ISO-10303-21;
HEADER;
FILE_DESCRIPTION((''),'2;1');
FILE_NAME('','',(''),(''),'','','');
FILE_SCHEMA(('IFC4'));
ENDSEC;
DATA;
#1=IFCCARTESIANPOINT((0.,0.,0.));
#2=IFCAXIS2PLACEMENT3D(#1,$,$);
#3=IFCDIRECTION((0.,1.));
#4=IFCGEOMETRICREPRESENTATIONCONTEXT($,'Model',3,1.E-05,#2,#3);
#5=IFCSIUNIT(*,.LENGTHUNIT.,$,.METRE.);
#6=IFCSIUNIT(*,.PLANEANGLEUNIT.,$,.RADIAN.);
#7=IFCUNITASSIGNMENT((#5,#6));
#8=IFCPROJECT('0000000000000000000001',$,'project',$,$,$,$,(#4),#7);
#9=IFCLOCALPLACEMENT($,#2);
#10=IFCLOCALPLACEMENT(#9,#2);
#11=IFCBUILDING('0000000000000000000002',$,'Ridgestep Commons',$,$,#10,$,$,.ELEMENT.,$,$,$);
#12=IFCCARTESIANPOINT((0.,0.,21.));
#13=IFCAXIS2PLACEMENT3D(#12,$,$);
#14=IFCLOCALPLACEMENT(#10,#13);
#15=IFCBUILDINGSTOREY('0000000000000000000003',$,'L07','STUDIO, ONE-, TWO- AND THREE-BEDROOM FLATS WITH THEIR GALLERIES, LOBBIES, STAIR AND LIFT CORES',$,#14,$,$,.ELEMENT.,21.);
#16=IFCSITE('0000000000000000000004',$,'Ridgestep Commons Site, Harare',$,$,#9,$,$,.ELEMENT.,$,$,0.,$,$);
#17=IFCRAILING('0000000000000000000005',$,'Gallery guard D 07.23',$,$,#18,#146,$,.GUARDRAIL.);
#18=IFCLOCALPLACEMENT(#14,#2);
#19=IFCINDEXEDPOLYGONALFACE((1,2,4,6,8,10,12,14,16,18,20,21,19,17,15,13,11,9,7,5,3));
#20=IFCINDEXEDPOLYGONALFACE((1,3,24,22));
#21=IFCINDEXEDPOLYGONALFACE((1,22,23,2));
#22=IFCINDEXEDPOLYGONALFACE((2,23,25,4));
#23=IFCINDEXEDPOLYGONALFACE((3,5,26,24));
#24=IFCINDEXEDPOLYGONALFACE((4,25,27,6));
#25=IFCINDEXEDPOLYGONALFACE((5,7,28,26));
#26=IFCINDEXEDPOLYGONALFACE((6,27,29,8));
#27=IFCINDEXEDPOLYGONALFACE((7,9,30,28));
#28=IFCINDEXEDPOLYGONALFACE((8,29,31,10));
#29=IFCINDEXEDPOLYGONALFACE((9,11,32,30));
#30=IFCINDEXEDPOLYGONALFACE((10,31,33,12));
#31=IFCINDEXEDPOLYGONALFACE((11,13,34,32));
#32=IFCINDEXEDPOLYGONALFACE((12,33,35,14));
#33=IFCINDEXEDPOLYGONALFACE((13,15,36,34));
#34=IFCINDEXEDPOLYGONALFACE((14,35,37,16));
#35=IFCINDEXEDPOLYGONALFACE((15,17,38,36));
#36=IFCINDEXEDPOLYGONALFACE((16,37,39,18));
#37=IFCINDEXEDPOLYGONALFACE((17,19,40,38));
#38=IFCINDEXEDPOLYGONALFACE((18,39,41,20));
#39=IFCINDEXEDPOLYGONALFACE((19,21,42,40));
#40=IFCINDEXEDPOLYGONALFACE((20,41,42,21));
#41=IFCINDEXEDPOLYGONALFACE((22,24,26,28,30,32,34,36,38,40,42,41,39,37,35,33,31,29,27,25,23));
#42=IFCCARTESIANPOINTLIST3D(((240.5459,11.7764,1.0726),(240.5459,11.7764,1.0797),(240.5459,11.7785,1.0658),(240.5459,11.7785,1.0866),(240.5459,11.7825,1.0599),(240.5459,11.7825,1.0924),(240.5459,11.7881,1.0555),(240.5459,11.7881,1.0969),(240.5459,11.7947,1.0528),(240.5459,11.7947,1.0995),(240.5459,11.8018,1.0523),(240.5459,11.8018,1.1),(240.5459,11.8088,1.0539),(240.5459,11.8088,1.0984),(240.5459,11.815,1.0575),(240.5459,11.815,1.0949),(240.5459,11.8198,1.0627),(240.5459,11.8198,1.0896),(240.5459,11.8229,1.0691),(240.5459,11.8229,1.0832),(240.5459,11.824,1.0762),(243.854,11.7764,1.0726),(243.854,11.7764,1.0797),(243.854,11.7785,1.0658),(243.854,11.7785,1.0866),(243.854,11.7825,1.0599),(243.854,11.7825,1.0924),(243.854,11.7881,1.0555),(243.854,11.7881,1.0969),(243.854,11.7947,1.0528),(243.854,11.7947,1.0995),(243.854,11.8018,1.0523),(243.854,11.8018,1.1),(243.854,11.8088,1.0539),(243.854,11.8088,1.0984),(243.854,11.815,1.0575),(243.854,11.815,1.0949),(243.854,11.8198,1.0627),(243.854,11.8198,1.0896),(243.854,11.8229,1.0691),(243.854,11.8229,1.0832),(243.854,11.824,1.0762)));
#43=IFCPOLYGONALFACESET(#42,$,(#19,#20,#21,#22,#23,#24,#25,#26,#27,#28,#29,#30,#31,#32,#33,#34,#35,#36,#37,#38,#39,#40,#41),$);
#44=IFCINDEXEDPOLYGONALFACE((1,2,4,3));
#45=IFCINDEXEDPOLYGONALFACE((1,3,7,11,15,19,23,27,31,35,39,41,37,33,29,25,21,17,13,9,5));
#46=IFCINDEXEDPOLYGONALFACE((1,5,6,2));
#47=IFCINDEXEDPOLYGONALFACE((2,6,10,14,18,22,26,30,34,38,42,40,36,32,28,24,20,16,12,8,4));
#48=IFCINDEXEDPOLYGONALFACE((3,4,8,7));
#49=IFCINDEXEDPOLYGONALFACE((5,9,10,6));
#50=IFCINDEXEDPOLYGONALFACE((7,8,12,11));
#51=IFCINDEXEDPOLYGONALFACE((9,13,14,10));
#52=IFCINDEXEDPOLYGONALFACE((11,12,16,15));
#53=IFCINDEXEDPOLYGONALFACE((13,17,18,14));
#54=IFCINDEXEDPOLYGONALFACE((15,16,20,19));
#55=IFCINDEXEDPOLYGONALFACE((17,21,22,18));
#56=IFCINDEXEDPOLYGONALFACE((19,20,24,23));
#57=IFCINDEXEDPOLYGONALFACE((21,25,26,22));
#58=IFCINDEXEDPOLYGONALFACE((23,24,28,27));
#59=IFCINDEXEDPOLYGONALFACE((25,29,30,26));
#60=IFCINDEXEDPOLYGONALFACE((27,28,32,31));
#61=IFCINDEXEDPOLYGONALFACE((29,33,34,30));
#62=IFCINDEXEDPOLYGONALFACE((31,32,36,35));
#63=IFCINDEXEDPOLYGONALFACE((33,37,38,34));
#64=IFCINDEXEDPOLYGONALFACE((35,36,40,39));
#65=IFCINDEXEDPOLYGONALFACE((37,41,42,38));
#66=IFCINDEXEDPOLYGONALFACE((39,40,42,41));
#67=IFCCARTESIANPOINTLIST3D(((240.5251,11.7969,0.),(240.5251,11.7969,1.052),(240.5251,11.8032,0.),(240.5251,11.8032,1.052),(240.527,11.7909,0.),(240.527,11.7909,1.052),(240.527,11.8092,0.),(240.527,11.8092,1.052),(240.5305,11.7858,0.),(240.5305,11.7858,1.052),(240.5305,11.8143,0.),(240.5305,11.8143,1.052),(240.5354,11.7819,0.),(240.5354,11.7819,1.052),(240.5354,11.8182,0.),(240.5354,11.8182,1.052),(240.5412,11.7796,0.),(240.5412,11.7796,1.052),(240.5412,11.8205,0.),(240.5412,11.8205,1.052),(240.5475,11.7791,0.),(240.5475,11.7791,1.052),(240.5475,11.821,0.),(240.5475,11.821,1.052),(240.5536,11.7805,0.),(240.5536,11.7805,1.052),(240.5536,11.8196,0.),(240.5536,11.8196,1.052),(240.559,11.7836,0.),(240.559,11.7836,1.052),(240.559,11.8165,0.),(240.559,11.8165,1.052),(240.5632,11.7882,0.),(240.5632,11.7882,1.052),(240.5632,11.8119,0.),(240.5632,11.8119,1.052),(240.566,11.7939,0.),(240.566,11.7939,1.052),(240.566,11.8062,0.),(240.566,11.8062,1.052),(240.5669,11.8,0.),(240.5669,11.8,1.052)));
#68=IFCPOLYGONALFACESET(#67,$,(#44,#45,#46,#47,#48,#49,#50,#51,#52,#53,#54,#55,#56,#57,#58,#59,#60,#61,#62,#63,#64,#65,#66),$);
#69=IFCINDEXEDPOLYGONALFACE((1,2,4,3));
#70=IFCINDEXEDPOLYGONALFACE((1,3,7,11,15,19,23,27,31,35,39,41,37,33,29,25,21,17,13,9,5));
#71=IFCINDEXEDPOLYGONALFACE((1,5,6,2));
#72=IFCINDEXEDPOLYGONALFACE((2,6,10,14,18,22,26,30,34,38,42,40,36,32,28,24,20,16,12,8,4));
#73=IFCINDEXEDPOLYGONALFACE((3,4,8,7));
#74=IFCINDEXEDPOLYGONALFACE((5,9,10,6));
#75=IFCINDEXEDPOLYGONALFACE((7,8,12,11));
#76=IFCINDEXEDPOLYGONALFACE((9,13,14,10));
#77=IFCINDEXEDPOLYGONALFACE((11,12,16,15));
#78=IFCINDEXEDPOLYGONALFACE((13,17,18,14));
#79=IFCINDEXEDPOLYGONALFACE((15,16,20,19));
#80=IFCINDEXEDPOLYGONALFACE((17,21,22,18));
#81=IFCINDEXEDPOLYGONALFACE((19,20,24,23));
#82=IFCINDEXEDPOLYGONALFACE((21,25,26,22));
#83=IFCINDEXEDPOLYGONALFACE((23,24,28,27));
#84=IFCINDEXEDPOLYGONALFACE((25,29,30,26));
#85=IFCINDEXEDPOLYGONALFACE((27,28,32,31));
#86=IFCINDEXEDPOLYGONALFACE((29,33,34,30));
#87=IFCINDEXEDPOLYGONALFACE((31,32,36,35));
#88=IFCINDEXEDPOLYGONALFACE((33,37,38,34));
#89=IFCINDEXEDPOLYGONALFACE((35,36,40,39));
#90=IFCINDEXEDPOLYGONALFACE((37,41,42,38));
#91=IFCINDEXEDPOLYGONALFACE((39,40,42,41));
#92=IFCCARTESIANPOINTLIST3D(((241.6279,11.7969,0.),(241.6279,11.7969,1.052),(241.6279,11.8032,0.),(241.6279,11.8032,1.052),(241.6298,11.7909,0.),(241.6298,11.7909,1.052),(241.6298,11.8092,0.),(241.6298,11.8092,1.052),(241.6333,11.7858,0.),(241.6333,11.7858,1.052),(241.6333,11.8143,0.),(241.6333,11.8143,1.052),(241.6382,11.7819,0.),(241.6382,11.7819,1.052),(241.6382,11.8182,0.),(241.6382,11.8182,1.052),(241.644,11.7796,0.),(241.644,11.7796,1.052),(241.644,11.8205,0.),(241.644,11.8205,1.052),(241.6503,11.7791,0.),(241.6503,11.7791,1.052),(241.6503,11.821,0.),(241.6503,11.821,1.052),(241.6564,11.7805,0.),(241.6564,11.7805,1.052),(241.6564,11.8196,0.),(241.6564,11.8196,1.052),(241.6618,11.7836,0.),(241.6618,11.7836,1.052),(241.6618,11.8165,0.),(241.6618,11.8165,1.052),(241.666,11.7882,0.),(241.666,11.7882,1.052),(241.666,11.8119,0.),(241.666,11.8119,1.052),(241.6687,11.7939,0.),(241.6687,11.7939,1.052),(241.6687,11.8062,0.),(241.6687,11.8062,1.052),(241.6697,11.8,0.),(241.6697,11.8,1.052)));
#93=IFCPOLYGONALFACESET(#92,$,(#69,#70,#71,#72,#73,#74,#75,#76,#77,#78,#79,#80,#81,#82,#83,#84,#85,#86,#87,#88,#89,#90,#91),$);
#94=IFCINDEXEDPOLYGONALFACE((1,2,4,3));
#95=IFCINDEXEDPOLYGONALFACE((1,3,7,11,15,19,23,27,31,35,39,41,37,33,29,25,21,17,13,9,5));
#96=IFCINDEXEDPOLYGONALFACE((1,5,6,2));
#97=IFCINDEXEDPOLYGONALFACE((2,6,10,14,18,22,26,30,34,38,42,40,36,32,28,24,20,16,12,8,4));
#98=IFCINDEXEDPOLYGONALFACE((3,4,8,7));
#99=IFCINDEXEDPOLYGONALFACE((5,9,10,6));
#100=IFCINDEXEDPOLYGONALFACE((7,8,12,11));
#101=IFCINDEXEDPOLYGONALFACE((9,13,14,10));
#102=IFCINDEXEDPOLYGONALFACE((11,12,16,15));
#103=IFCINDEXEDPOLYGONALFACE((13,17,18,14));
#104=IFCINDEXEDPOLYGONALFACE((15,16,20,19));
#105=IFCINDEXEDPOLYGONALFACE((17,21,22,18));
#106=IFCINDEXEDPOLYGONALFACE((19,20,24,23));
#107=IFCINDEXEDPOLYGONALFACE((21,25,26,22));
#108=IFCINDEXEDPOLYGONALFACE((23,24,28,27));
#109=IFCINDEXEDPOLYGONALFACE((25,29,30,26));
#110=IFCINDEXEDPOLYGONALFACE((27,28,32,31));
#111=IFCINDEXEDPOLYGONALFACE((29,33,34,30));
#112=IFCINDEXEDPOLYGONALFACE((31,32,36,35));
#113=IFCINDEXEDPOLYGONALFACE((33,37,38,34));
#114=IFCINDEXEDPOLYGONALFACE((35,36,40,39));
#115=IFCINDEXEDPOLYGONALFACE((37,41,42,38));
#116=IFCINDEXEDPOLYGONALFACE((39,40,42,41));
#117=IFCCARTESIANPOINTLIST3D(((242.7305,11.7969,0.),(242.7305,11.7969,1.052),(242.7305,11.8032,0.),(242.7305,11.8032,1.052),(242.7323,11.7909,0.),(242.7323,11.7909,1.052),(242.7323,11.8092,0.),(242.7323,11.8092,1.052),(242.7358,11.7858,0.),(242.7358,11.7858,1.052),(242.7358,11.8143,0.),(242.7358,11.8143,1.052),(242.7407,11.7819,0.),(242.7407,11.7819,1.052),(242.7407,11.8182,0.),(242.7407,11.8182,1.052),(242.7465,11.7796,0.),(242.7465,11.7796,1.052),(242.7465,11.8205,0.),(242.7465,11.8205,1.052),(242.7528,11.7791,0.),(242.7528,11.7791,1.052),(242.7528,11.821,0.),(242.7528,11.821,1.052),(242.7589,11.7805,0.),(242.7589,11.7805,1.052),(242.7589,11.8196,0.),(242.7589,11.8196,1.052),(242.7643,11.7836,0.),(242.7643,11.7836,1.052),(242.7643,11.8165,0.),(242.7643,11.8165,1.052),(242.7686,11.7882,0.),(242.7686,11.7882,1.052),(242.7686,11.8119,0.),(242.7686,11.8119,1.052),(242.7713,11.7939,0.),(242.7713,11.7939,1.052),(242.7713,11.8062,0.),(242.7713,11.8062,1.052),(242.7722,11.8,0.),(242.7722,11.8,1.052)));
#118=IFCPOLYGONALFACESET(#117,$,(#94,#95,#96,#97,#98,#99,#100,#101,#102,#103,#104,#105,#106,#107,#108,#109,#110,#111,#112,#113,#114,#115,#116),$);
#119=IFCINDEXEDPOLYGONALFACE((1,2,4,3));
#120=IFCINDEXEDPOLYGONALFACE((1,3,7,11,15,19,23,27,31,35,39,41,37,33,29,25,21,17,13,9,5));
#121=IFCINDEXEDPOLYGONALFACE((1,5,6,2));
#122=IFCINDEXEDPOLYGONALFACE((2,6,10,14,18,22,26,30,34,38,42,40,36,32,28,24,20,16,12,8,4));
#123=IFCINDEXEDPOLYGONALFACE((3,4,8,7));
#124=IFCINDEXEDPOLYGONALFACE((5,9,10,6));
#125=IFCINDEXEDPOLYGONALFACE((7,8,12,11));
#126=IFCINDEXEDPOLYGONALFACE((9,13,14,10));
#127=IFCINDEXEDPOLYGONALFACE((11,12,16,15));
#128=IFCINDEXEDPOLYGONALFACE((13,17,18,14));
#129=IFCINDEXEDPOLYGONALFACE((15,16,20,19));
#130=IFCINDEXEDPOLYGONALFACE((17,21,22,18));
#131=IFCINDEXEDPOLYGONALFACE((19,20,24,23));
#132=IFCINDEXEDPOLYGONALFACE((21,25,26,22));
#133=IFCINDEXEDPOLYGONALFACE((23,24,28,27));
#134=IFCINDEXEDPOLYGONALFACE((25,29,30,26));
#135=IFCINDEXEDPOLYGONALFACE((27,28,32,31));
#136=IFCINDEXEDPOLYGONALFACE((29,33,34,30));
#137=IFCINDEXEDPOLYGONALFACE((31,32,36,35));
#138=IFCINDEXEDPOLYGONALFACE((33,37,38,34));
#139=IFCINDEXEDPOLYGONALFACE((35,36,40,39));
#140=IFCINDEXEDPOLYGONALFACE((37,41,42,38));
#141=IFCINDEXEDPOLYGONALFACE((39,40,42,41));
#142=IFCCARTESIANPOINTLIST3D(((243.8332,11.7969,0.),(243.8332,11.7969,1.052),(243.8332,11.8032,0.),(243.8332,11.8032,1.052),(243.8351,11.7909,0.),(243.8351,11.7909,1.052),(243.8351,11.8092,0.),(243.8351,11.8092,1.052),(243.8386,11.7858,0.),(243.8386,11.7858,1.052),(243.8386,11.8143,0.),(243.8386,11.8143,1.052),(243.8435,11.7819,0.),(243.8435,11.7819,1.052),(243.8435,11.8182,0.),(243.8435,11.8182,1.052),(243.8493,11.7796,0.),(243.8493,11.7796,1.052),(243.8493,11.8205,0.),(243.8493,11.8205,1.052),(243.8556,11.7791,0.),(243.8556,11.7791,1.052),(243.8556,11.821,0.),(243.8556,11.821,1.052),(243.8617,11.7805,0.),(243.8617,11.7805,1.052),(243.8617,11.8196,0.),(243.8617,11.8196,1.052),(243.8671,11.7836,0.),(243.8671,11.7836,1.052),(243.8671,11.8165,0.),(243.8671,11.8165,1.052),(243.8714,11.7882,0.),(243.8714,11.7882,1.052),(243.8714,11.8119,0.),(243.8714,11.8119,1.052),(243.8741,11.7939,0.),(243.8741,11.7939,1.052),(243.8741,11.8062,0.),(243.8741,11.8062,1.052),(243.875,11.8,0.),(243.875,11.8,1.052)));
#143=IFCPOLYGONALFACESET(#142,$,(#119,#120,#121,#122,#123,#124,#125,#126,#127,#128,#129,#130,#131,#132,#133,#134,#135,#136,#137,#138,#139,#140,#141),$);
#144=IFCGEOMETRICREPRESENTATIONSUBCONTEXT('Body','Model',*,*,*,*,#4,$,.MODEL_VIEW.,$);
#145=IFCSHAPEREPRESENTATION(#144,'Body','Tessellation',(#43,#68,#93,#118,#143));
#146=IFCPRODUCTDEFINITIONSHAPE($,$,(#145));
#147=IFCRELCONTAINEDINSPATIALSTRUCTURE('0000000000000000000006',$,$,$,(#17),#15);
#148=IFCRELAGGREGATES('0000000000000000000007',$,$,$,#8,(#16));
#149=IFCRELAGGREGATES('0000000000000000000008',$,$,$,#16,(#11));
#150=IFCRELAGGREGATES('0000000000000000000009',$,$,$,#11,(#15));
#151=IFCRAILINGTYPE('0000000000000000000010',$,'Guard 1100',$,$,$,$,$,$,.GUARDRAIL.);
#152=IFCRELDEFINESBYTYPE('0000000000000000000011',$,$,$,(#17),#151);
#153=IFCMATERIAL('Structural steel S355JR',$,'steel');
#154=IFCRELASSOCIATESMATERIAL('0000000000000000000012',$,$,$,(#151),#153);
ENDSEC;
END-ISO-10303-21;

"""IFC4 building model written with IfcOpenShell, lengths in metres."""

from ifc_helpers import new_model, si_unit, direction, frame, origin, origin_2d, place, context, subcontext, project, spatial, circle, extrude, material, type_object, element, save


model = new_model("IFC4")

# Units and contexts
model_context = context("Model", 3, precision=1e-05, world=origin(), true_north=direction((0.0, 1.0)))
body_context = subcontext(model_context, "Body", "Model", "MODEL_VIEW")
ifc_project = project(units=[si_unit("LENGTHUNIT", "METRE"), si_unit("PLANEANGLEUNIT", "RADIAN")], contexts=[model_context])

# Site, building, storey
site_placement = place(None, origin())
site = spatial("IfcSite", under=ifc_project, at=site_placement, Name="Ridgestep Commons Site, Harare", CompositionType="ELEMENT", RefElevation=0.0)
building_placement = place(site_placement, origin())
building = spatial("IfcBuilding", under=site, at=building_placement, Name="Ridgestep Commons", CompositionType="ELEMENT")
storey_placement = place(building_placement, frame((0.0, 0.0, 21.0)))
storey = spatial("IfcBuildingStorey", under=building, at=storey_placement, Name="L07", Description="STUDIO, ONE-, TWO- AND THREE-BEDROOM FLATS WITH THEIR GALLERIES, LOBBIES, STAIR AND LIFT CORES", CompositionType="ELEMENT", Elevation=21.0)

# Railing
ifc_material_1 = material(Name="Structural steel S355JR", Category="steel")
railing_type = type_object("IfcRailingType", Name="Guard 1100", PredefinedType="GUARDRAIL", material=ifc_material_1)
railing_1_placement = place(storey_placement, frame((240.5459, 11.8, 0.0)))
element("IfcRailing", 1, at=railing_1_placement, inside=storey, type_object=railing_type, Name="Gallery guard D 07.23", PredefinedType="GUARDRAIL", context=body_context, shape_type="SweptSolid", body=[
    extrude(circle(Radius=0.0239, at=origin_2d()), frame((0.0, 0.0, 1.0762), z_axis=(1.0, 0.0, 0.0), x_axis=(0.0, 1.0, 0.0)), (0.0, 0.0, 1.0), 3.3081),
    extrude(circle(Radius=0.021, at=origin_2d()), origin(), (0.0, 0.0, 1.0), 1.052),
    extrude(circle(Radius=0.021, at=origin_2d()), frame((1.1028, 0.0, 0.0)), (0.0, 0.0, 1.0), 1.052),
    extrude(circle(Radius=0.021, at=origin_2d()), frame((2.2053, 0.0, 0.0)), (0.0, 0.0, 1.0), 1.052),
    extrude(circle(Radius=0.021, at=origin_2d()), frame((3.3081, 0.0, 0.0)), (0.0, 0.0, 1.0), 1.052),
])

save(model, "model.ifc")
